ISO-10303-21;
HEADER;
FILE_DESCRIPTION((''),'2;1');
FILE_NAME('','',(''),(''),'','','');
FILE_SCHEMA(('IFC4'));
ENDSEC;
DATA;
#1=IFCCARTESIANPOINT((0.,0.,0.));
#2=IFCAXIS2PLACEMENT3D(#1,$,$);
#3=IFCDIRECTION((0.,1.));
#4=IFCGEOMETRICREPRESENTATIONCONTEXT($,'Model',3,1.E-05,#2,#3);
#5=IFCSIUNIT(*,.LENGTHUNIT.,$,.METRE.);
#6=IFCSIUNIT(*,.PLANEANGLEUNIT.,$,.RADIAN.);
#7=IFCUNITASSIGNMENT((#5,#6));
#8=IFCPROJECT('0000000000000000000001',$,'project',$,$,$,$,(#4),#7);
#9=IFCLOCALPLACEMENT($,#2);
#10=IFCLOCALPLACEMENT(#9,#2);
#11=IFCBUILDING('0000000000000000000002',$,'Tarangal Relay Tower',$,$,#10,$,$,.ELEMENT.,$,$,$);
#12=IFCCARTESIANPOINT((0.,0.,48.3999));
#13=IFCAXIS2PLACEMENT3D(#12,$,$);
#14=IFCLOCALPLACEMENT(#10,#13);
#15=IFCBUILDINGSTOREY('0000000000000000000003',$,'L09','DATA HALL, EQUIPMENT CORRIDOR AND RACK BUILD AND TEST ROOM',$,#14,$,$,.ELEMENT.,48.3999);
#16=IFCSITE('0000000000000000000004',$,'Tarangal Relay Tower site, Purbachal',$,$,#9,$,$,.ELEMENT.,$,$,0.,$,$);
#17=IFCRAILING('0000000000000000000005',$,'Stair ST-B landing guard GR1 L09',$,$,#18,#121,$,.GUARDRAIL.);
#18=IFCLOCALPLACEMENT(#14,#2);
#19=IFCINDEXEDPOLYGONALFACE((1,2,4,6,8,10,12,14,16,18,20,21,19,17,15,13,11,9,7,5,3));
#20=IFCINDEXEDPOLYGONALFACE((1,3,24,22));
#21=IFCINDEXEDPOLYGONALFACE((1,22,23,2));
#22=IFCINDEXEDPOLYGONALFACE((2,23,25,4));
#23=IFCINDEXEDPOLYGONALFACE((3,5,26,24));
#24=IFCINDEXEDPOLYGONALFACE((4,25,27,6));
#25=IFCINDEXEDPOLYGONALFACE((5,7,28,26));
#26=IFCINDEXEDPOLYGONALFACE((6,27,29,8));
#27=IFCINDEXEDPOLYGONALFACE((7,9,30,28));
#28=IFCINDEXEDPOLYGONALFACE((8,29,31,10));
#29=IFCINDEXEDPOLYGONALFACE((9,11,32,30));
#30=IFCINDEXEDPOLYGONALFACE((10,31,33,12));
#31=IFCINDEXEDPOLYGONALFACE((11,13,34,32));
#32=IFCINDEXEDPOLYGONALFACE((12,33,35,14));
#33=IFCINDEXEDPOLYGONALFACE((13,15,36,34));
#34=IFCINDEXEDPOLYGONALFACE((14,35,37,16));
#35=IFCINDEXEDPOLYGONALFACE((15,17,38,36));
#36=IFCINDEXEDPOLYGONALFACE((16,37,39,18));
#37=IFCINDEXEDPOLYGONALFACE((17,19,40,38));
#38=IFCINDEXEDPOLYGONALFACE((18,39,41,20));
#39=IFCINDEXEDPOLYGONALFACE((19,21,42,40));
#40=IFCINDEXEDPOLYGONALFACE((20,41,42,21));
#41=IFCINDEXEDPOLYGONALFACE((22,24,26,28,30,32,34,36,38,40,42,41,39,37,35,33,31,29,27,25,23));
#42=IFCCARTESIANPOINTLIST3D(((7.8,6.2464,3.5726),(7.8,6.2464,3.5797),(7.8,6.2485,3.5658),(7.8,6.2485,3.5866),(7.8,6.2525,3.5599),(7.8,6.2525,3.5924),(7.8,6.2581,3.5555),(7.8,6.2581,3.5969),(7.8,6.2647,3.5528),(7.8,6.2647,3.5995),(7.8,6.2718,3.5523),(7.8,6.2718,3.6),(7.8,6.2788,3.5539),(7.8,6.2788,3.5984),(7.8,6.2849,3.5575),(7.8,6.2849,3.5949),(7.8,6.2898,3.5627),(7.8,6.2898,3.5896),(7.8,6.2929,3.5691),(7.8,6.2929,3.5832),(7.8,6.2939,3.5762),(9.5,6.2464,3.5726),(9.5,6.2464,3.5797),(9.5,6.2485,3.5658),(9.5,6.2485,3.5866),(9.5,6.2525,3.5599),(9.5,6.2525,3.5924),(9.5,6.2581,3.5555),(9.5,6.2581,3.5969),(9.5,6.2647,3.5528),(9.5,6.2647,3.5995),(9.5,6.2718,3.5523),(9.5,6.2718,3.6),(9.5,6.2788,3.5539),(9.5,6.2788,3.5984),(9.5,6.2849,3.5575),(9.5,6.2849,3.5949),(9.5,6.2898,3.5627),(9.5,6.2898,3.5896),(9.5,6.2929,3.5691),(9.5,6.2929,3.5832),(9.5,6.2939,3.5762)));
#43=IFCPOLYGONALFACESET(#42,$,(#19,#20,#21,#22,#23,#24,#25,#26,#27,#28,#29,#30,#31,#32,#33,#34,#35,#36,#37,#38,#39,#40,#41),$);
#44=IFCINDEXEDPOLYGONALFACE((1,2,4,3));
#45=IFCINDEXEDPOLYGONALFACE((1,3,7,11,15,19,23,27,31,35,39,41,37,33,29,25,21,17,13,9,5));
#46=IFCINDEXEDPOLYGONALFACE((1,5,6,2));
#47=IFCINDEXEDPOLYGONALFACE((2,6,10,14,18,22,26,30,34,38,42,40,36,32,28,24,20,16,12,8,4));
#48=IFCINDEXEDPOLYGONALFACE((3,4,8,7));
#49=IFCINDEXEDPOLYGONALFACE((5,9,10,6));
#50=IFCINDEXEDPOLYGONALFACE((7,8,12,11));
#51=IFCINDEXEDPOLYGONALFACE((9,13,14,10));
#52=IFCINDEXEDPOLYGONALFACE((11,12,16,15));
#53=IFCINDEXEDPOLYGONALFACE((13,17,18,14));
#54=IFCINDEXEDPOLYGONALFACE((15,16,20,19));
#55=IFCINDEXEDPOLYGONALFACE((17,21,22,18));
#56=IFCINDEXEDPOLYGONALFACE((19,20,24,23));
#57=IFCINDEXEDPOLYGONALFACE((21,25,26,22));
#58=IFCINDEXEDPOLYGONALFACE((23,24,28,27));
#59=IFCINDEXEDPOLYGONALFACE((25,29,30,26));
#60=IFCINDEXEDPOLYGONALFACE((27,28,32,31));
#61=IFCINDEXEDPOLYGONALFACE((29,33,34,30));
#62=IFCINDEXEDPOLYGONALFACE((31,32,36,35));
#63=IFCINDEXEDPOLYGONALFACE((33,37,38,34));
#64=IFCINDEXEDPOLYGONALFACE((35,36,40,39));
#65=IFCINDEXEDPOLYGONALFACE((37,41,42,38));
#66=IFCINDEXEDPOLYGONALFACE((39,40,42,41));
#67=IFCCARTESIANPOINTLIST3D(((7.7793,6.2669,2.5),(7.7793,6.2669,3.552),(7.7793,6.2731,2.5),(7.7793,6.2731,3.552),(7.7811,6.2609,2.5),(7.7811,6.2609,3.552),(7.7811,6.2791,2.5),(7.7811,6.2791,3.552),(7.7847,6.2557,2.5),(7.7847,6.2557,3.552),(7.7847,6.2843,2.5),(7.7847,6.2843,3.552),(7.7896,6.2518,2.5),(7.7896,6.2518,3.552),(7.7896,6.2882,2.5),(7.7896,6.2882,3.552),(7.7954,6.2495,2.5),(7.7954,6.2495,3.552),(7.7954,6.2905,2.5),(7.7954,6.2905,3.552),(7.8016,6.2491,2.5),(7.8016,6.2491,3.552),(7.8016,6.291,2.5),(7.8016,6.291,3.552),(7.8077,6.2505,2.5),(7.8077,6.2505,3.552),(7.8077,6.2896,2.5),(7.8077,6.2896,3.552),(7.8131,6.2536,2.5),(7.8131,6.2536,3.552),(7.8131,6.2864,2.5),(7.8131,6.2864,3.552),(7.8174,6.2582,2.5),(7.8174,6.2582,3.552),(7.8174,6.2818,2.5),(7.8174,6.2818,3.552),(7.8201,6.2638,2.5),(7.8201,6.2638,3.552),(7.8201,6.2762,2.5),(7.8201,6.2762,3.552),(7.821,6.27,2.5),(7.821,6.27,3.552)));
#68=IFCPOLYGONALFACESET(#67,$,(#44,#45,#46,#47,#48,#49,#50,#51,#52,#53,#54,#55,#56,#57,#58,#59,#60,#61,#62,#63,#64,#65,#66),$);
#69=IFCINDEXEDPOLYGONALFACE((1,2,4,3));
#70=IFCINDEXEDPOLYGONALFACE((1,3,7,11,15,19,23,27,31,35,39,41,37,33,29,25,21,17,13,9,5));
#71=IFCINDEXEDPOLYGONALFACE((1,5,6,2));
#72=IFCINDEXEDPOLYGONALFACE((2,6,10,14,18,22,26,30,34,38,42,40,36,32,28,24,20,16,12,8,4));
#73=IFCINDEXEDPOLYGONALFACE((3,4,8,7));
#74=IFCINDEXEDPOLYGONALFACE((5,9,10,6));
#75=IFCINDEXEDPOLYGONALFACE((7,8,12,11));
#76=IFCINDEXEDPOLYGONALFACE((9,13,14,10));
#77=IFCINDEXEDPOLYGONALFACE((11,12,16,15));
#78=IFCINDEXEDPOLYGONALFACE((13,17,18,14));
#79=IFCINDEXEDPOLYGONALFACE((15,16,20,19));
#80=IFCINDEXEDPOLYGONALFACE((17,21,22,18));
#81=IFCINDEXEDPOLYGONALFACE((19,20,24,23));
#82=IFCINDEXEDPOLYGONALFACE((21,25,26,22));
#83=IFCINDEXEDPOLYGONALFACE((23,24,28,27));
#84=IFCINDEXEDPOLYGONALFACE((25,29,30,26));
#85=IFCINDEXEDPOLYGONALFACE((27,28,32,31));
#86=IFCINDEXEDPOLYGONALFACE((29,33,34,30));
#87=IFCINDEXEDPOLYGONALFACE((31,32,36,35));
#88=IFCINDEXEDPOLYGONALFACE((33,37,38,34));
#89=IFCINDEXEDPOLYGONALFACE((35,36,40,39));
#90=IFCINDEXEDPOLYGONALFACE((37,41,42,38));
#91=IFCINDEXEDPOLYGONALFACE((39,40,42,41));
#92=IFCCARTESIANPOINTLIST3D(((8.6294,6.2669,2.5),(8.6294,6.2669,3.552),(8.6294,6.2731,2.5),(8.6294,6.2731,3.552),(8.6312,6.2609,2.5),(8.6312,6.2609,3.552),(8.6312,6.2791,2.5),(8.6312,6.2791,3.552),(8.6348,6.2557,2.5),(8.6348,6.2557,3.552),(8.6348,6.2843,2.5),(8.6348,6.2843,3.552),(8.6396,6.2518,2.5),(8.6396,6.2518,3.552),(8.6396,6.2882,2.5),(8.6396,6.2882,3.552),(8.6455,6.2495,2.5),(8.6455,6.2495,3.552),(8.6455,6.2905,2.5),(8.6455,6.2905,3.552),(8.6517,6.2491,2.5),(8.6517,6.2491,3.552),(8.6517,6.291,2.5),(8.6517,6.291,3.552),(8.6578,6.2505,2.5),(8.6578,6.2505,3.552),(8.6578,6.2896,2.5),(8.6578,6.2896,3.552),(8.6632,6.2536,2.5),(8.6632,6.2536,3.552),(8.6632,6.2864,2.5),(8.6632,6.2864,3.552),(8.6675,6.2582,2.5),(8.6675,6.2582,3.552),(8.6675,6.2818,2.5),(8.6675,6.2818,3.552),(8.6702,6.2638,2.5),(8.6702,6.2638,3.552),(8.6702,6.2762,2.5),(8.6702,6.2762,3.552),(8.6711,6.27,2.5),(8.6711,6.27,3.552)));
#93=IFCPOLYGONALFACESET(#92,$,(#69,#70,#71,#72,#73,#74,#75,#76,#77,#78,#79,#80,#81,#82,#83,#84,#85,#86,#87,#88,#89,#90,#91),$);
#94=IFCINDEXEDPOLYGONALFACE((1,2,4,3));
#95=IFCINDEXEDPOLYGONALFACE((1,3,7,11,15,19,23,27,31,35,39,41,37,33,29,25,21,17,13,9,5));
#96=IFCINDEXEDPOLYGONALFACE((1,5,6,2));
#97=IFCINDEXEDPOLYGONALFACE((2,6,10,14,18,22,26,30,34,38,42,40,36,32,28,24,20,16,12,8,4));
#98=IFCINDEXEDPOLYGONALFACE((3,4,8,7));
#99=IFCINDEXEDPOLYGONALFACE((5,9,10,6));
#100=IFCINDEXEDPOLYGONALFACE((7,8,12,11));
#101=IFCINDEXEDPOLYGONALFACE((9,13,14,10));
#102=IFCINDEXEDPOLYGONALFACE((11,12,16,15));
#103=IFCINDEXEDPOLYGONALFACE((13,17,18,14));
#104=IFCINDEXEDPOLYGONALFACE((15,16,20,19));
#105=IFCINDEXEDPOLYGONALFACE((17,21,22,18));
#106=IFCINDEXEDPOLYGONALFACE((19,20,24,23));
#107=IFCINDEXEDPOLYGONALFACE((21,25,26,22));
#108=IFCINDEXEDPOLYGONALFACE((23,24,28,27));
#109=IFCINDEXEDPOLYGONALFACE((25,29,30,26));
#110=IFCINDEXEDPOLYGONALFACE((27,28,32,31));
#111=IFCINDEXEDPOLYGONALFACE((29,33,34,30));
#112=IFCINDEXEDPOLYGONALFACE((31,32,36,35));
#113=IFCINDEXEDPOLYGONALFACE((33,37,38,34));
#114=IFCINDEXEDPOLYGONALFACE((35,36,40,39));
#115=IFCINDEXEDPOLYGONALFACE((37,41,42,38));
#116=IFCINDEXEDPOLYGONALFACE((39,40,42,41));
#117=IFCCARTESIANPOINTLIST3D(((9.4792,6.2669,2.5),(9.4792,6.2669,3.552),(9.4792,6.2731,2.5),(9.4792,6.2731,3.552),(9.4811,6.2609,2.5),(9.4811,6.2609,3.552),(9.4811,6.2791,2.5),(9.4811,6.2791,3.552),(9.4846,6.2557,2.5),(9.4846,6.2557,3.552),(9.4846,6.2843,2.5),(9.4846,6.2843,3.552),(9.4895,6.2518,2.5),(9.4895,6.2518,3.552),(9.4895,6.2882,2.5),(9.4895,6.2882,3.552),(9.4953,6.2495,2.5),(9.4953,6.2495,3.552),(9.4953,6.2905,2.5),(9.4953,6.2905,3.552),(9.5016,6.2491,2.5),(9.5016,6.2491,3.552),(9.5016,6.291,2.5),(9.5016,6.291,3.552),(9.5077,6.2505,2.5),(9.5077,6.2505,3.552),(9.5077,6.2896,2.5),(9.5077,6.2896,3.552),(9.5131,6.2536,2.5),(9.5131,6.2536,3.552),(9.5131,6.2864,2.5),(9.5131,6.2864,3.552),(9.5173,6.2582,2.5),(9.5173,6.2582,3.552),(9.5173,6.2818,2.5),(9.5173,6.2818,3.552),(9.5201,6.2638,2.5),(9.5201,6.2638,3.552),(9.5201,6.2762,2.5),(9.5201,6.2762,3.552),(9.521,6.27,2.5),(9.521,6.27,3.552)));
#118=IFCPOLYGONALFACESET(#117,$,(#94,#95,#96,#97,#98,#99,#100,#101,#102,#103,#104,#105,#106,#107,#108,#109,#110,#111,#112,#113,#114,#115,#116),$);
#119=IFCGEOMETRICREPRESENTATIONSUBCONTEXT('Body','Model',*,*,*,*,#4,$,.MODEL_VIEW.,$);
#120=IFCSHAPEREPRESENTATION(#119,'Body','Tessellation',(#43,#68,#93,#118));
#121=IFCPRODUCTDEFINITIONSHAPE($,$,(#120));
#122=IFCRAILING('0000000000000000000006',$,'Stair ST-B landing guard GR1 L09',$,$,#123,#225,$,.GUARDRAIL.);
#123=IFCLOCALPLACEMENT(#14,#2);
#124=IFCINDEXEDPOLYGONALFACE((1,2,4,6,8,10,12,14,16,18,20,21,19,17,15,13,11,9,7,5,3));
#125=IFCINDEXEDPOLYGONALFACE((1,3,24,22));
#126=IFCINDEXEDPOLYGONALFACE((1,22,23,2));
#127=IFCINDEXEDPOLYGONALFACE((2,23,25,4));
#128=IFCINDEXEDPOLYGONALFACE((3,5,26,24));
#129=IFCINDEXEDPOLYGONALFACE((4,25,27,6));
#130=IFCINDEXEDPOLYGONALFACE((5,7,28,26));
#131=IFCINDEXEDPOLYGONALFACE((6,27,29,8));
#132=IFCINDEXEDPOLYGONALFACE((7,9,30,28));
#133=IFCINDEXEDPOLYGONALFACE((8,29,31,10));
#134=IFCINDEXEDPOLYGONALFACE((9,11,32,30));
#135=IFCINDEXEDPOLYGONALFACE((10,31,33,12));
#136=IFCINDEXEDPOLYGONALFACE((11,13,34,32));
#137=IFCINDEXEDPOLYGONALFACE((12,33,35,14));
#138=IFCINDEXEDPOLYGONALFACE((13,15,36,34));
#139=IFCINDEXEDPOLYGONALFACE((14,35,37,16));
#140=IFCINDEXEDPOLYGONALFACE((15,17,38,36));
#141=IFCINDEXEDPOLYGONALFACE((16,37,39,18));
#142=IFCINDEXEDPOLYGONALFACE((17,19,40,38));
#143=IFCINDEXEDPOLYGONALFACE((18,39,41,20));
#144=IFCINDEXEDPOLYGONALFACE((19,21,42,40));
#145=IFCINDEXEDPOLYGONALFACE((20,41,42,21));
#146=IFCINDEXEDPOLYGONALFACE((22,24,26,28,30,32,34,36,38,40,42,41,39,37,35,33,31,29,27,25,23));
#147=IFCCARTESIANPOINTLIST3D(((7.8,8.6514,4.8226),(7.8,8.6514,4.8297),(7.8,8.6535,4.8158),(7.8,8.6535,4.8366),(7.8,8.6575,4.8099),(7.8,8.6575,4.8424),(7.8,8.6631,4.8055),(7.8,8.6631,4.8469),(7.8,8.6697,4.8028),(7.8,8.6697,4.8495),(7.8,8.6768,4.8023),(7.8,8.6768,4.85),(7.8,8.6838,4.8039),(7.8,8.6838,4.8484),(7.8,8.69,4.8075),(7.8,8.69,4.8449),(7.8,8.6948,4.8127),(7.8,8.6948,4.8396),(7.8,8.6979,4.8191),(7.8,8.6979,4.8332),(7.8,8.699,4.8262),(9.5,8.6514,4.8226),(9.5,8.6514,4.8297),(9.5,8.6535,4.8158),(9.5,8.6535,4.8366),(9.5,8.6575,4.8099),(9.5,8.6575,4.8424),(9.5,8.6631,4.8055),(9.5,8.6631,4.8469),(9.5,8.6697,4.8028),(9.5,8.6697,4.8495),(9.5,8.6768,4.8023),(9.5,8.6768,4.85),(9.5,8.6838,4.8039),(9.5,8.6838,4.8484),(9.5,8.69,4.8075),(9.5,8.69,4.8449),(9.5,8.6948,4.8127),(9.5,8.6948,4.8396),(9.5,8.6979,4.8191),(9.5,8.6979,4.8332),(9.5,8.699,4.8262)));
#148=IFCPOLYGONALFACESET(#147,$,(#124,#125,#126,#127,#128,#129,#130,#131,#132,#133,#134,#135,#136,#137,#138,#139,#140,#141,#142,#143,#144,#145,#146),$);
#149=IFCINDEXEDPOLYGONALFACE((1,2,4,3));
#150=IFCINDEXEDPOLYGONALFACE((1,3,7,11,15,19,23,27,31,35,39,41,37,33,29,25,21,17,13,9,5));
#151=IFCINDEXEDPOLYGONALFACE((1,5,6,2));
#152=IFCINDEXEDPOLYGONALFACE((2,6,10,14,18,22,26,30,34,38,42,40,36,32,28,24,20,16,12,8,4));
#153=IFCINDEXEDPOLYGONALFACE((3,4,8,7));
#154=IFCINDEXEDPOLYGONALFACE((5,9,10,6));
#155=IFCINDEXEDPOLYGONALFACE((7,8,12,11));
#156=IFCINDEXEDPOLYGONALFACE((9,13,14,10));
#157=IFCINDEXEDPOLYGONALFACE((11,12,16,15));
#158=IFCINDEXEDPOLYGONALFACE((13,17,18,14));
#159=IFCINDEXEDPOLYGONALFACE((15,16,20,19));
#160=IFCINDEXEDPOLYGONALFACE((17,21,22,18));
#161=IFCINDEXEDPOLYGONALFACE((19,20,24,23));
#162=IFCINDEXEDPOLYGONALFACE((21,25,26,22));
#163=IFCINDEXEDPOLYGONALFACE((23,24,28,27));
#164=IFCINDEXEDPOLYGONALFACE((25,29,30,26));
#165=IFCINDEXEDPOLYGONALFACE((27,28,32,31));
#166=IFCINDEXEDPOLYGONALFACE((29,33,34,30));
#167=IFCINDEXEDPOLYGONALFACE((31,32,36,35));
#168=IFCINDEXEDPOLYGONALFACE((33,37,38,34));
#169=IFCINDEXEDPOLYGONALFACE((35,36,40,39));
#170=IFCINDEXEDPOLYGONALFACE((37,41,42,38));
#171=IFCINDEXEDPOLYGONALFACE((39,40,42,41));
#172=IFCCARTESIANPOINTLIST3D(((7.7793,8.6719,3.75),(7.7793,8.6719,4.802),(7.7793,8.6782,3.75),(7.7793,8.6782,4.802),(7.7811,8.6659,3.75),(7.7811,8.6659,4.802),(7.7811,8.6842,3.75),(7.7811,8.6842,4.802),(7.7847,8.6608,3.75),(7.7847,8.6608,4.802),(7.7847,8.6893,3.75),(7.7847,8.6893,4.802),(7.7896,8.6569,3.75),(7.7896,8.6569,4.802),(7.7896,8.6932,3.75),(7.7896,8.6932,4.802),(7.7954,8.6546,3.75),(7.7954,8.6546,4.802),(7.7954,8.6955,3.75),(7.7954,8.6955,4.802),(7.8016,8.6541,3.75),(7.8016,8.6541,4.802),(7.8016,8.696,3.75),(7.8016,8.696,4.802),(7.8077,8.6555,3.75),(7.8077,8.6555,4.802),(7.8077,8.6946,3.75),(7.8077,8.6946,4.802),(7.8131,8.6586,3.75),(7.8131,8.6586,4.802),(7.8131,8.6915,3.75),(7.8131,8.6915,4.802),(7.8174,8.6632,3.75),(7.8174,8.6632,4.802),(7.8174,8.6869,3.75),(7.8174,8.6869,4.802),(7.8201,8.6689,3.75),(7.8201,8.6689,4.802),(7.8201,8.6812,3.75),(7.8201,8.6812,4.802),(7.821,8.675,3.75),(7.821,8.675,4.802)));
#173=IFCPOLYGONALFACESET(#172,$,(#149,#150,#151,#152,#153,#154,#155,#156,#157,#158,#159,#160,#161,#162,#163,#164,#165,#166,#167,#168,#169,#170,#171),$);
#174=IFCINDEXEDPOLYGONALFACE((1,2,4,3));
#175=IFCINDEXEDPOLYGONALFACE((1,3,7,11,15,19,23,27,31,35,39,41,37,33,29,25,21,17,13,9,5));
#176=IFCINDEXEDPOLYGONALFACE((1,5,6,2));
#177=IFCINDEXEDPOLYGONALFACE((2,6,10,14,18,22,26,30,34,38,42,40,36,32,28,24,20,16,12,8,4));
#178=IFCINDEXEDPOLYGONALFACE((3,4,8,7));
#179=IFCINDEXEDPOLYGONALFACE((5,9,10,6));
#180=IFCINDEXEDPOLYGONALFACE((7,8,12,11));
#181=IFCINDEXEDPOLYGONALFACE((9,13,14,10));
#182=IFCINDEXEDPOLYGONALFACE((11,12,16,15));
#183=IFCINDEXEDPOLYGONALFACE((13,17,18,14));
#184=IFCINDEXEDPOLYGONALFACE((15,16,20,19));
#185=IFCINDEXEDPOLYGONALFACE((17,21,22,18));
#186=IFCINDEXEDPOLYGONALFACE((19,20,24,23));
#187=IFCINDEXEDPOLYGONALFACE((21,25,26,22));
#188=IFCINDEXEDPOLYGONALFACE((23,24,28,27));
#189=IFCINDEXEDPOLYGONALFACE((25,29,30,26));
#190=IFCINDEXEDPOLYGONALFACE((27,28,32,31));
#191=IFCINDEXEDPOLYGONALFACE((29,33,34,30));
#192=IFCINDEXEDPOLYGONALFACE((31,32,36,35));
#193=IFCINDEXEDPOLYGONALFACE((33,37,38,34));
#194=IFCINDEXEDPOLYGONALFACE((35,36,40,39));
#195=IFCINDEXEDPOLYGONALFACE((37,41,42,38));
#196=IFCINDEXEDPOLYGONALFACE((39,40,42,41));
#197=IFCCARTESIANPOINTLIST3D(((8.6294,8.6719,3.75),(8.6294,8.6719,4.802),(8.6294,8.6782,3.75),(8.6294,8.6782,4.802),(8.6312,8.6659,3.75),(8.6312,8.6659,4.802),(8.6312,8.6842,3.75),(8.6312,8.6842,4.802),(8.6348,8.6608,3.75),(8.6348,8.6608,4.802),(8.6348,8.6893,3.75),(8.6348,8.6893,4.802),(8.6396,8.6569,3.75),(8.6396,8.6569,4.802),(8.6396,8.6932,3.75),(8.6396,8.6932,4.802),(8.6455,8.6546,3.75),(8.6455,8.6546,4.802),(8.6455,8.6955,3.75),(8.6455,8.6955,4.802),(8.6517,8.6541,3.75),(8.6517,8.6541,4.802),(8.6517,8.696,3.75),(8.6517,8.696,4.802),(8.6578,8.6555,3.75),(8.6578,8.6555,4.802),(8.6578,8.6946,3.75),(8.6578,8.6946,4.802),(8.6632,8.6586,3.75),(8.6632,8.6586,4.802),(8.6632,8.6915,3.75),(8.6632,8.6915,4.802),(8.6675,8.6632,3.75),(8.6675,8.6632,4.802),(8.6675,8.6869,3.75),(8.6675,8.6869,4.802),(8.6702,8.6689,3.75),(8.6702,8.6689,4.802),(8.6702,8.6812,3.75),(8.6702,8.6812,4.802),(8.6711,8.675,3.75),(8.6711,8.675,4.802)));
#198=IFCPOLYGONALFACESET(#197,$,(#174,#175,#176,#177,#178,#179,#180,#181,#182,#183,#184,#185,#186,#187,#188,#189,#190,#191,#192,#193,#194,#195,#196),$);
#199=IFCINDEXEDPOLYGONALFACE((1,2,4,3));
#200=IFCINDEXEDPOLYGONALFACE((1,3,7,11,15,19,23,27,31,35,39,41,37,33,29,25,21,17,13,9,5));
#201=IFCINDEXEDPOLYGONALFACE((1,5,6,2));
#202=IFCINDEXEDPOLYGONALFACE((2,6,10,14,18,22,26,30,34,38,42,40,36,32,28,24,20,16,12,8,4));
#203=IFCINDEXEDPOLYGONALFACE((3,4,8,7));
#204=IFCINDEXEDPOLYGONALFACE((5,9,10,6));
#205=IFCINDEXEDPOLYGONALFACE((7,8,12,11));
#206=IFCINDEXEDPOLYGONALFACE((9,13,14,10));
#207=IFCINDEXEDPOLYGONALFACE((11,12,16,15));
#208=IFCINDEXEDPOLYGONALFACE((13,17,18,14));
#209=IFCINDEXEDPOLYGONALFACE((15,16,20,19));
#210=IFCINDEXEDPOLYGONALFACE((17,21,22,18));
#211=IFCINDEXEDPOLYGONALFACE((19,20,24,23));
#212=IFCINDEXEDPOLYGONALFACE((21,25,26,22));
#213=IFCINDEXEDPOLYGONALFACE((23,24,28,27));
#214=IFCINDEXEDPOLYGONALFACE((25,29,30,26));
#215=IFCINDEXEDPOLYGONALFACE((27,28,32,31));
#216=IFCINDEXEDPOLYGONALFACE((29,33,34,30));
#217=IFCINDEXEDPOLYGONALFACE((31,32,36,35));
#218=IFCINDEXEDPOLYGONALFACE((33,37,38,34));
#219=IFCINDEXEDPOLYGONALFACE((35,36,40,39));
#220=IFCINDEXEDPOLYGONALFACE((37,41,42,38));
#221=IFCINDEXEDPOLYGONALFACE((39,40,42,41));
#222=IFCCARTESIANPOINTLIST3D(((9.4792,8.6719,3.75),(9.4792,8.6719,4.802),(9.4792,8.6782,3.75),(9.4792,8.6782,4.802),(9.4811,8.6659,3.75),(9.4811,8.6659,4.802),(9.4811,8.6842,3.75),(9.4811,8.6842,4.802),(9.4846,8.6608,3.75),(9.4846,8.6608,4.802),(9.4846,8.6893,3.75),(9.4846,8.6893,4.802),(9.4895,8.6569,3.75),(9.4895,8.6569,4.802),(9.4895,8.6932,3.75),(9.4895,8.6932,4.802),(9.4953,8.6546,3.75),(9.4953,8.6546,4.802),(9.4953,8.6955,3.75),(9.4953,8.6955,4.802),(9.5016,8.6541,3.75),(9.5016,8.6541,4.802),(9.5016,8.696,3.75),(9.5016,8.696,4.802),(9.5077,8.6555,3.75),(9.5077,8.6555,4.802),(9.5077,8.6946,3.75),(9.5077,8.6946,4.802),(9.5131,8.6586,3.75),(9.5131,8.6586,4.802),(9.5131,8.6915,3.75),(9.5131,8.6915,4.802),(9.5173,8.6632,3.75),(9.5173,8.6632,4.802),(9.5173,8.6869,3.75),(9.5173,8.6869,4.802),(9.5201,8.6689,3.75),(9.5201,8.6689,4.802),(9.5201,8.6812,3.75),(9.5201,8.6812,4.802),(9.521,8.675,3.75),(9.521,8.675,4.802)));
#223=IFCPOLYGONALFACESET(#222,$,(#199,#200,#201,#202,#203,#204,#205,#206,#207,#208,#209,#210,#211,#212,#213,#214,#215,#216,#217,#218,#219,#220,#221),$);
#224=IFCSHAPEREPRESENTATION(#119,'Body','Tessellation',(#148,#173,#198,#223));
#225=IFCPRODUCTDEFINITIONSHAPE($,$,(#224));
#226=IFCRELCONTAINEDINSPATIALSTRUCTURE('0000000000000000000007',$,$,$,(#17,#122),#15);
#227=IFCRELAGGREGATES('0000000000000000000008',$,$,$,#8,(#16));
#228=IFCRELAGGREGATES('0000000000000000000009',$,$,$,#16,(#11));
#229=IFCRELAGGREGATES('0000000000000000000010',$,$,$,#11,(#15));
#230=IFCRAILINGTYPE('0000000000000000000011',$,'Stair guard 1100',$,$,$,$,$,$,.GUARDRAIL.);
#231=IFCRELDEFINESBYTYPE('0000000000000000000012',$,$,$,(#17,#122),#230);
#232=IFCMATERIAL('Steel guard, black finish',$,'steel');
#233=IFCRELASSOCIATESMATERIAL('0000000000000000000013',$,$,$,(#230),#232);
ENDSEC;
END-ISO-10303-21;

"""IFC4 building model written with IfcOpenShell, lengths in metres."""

from ifc_helpers import new_model, si_unit, direction, frame, origin, origin_2d, place, context, subcontext, project, spatial, circle, extrude, material, type_object, element, save


model = new_model("IFC4")

# Units and contexts
model_context = context("Model", 3, precision=1e-05, world=origin(), true_north=direction((0.0, 1.0)))
body_context = subcontext(model_context, "Body", "Model", "MODEL_VIEW")
ifc_project = project(units=[si_unit("LENGTHUNIT", "METRE"), si_unit("PLANEANGLEUNIT", "RADIAN")], contexts=[model_context])

# Site, building, storey
site_placement = place(None, origin())
site = spatial("IfcSite", under=ifc_project, at=site_placement, Name="Tarangal Relay Tower site, Purbachal", CompositionType="ELEMENT", RefElevation=0.0)
building_placement = place(site_placement, origin())
building = spatial("IfcBuilding", under=site, at=building_placement, Name="Tarangal Relay Tower", CompositionType="ELEMENT")
storey_placement = place(building_placement, frame((0.0, 0.0, 48.3999)))
storey = spatial("IfcBuildingStorey", under=building, at=storey_placement, Name="L09", Description="DATA HALL, EQUIPMENT CORRIDOR AND RACK BUILD AND TEST ROOM", CompositionType="ELEMENT", Elevation=48.3999)

# Railings
ifc_material_1 = material(Name="Steel guard, black finish", Category="steel")
railing_type_1 = type_object("IfcRailingType", Name="Stair guard 1100", PredefinedType="GUARDRAIL", material=ifc_material_1)
for number, where, name in (
    (1, (7.8, 6.27, 2.5), "Stair ST-B landing guard GR1 L09"),
    (2, (7.8, 8.675, 3.75), "Stair ST-B landing guard GR1 L09"),
):
    element("IfcRailing", number, at=place(storey_placement, frame(where)), inside=storey, type_object=railing_type_1, Name=name, PredefinedType="GUARDRAIL", context=body_context, shape_type="SweptSolid", body=[
        extrude(circle(Radius=0.0239, at=origin_2d()), frame((0.0, 0.0, 1.0762), z_axis=(1.0, 0.0, 0.0), x_axis=(0.0, 1.0, 0.0)), (0.0, 0.0, 1.0), 1.7),
        extrude(circle(Radius=0.021, at=origin_2d()), origin(), (0.0, 0.0, 1.0), 1.052),
        extrude(circle(Radius=0.021, at=origin_2d()), frame((0.8501, 0.0, 0.0)), (0.0, 0.0, 1.0), 1.052),
        extrude(circle(Radius=0.021, at=origin_2d()), frame((1.7, 0.0, 0.0)), (0.0, 0.0, 1.0), 1.052),
    ])

save(model, "model.ifc")
